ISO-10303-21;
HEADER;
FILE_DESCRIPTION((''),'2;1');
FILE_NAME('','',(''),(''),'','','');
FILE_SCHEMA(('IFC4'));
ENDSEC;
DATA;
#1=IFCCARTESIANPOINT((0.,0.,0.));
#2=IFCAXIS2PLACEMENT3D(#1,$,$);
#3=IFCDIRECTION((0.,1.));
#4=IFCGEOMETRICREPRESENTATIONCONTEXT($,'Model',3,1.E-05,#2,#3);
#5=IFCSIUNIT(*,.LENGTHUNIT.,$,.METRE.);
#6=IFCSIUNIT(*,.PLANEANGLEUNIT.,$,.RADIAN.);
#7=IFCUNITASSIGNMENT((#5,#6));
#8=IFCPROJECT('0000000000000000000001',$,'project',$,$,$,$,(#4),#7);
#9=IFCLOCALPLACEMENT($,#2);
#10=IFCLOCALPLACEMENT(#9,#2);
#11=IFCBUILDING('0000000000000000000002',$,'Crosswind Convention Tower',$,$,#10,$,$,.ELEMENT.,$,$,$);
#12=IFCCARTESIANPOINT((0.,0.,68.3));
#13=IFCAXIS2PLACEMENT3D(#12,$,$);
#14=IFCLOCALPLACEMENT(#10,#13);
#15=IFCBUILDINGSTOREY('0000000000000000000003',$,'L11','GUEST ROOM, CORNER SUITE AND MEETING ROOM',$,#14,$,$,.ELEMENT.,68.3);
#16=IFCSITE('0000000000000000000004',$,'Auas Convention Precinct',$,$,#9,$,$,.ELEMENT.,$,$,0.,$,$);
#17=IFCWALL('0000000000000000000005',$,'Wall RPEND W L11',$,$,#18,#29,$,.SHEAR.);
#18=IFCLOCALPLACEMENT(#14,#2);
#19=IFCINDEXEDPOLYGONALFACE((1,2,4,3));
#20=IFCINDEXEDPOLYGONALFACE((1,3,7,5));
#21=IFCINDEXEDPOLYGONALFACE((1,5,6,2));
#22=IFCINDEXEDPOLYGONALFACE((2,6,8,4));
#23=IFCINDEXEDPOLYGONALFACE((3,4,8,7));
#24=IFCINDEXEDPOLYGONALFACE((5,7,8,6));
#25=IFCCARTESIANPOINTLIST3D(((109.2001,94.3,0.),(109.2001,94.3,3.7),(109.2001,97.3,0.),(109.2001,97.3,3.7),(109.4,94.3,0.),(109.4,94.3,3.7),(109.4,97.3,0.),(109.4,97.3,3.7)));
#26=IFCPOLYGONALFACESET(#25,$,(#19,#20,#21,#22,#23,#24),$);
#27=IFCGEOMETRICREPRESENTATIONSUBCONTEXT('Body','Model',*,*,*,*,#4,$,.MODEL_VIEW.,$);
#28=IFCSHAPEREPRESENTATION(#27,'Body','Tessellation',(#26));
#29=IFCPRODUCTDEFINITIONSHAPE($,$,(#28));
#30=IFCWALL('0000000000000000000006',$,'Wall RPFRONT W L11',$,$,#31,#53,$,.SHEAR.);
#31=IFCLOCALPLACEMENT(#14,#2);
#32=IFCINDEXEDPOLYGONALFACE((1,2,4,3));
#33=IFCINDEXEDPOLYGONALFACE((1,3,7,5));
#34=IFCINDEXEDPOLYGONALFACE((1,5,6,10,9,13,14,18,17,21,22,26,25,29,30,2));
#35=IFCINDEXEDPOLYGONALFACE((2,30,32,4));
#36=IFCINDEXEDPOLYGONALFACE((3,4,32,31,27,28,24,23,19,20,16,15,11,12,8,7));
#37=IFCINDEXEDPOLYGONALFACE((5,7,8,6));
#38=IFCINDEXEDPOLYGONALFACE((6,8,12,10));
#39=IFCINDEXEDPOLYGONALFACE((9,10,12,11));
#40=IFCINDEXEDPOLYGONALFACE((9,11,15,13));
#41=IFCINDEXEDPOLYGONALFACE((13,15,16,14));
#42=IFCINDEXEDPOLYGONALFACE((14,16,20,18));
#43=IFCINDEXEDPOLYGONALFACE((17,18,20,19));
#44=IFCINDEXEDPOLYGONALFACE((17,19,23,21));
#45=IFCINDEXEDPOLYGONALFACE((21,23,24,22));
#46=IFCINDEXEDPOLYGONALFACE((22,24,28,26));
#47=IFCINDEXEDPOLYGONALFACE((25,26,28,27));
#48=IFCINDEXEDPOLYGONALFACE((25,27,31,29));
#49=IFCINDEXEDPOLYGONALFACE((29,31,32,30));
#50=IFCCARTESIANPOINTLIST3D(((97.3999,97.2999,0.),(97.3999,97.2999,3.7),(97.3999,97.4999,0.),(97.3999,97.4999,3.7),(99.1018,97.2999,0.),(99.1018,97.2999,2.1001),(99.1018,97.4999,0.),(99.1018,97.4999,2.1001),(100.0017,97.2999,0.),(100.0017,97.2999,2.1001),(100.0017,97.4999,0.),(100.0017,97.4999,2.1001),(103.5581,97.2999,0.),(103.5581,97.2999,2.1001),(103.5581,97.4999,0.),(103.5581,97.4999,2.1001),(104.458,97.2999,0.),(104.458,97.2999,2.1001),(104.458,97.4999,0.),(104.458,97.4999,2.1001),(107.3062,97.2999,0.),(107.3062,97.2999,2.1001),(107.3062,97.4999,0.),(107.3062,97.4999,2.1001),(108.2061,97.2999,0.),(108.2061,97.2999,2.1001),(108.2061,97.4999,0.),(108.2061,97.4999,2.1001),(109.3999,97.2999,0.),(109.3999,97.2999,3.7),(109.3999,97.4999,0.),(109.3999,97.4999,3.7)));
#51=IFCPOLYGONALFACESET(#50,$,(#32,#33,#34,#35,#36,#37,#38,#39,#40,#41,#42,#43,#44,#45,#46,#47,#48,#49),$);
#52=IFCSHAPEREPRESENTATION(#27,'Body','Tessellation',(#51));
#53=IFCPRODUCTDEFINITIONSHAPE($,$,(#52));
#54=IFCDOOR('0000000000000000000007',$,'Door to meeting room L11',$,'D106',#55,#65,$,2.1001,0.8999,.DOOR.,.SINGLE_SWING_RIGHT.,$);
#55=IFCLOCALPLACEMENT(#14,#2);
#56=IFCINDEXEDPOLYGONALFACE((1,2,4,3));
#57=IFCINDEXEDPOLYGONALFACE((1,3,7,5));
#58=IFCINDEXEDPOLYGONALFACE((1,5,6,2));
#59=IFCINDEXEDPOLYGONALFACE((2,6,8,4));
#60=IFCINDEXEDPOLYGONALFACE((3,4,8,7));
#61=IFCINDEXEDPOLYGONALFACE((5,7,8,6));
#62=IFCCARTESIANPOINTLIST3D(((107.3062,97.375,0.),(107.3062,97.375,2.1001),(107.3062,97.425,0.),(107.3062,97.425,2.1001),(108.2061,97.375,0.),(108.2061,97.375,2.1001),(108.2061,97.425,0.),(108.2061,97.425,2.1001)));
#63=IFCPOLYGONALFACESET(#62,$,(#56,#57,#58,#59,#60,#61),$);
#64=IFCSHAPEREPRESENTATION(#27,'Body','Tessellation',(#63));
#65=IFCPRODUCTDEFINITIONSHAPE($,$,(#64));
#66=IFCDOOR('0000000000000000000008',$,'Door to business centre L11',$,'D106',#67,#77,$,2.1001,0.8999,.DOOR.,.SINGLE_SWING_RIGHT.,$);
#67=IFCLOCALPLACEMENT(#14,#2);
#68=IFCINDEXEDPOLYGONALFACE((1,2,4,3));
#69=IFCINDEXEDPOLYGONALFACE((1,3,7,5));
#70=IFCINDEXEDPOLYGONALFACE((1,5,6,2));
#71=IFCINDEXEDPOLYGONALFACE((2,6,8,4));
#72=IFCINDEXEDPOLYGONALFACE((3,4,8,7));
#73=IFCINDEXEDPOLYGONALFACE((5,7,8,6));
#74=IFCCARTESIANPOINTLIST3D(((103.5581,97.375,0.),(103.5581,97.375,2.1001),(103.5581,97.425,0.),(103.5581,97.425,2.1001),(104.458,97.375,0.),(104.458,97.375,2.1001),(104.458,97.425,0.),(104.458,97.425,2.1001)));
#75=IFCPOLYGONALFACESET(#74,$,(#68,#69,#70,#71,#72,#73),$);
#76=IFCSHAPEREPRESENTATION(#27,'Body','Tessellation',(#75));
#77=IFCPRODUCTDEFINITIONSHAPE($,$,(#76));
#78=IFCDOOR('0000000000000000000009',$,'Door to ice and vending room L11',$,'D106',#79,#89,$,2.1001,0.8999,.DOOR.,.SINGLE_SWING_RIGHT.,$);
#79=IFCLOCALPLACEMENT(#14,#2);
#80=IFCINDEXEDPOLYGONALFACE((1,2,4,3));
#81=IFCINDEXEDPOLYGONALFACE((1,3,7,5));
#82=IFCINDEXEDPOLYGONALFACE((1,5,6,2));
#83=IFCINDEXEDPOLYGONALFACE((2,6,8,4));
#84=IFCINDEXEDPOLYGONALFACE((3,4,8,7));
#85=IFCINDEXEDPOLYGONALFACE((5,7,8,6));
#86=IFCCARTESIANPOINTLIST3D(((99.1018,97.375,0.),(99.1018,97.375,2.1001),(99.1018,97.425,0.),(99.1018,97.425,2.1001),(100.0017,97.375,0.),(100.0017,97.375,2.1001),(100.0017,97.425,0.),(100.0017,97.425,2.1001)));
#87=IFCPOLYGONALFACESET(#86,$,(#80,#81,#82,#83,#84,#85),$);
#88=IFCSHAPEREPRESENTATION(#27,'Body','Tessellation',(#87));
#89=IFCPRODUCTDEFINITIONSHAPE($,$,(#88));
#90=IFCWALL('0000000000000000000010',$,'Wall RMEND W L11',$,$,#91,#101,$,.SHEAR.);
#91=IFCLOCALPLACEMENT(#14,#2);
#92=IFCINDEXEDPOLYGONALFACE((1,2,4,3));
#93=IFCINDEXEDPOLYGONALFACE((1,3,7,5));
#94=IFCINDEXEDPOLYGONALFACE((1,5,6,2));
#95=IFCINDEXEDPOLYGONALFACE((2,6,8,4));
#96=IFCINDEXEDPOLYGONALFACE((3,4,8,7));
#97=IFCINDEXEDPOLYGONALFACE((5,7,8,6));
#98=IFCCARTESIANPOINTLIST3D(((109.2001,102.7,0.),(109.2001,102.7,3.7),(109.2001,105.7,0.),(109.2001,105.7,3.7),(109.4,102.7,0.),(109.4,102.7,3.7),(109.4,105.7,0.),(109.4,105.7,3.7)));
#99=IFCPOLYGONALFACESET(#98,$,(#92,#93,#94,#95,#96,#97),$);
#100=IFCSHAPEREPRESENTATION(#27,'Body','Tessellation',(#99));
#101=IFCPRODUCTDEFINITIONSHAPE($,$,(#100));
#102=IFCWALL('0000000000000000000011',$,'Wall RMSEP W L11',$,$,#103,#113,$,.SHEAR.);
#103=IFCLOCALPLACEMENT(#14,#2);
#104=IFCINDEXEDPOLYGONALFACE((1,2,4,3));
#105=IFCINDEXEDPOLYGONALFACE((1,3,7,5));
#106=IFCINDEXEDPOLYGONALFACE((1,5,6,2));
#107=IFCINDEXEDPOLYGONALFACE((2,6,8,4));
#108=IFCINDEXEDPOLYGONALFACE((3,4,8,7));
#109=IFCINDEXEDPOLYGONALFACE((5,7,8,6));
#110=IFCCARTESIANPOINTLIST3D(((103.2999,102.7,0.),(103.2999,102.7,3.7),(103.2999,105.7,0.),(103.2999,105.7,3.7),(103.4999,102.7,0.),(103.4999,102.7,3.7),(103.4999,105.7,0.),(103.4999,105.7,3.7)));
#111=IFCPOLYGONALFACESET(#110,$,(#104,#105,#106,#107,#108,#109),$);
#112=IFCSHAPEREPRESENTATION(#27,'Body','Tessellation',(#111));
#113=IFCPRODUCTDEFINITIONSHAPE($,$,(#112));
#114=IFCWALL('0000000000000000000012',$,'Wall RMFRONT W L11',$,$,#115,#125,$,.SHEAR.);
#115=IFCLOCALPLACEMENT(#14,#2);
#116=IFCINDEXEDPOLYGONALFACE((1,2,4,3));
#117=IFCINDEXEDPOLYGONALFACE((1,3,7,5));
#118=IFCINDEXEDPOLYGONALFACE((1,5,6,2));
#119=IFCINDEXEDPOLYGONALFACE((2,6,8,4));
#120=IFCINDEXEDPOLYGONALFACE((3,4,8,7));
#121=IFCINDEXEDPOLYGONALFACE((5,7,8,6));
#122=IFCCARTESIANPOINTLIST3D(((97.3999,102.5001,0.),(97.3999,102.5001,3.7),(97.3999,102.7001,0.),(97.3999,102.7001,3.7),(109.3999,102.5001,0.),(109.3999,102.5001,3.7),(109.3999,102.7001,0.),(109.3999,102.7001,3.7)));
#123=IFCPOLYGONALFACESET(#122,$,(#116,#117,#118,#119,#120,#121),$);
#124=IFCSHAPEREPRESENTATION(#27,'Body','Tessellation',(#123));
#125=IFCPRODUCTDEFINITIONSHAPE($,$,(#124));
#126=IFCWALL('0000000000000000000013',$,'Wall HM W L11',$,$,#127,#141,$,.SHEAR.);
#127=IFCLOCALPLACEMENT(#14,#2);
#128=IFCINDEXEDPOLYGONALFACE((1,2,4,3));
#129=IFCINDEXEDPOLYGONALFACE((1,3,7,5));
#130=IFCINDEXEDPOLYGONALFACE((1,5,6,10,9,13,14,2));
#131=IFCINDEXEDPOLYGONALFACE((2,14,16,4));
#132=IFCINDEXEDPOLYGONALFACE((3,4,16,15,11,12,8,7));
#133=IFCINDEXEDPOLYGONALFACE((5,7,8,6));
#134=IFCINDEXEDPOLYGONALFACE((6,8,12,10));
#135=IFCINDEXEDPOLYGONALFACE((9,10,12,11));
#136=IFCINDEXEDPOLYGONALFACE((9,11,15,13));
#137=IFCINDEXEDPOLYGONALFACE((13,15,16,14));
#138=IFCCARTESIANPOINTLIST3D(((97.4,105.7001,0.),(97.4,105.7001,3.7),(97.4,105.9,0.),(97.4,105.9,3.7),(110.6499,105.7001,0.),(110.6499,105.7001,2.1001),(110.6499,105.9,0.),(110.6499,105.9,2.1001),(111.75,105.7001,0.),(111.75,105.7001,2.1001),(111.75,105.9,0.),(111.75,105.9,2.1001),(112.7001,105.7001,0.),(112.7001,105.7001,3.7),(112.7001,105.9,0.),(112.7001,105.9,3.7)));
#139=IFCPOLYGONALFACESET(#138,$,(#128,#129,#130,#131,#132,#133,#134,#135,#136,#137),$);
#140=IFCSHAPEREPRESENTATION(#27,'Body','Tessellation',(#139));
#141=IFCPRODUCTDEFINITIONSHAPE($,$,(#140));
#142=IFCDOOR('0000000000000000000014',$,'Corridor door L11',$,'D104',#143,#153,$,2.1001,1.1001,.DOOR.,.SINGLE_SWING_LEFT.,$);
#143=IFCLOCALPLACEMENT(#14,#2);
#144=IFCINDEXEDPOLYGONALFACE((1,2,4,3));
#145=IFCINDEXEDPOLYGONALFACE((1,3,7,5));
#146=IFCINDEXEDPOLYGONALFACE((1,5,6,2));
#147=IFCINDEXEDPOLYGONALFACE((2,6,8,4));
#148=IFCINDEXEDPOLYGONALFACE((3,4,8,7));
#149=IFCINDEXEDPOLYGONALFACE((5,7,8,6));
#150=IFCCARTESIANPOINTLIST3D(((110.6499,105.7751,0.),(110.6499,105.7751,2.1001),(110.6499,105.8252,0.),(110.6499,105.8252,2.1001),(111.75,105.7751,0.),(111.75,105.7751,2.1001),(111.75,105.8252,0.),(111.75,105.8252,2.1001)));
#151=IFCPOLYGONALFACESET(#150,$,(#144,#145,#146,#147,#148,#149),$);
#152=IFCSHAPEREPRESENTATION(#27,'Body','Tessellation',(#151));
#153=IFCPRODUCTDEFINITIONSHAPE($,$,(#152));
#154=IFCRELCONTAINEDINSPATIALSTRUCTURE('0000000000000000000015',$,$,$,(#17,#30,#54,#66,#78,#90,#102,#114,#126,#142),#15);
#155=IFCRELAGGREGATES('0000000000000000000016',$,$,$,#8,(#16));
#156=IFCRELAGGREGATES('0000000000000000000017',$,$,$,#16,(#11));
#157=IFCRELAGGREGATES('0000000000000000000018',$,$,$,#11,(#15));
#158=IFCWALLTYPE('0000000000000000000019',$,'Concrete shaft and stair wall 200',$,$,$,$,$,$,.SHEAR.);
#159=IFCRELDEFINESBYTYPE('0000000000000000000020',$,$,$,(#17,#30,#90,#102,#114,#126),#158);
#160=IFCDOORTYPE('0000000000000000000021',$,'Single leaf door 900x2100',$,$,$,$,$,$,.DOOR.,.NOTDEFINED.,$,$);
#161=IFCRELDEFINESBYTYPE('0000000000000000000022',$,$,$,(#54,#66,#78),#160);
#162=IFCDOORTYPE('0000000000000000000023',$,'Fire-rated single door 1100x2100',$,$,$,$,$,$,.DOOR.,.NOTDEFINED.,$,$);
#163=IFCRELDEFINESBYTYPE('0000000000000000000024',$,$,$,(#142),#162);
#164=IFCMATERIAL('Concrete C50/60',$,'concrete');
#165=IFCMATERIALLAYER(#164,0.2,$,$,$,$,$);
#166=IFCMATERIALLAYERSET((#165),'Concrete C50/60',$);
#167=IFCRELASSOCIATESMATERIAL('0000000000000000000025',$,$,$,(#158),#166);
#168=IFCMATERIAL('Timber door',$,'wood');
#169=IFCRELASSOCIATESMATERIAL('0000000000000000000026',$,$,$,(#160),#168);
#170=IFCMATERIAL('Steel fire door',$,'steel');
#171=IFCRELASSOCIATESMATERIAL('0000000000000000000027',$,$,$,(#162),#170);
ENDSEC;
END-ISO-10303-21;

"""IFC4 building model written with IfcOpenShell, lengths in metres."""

from ifc_helpers import new_model, si_unit, direction, frame, frame_2d, origin, place, context, subcontext, project, spatial, rectangle, extrude, material, layer, layer_set, type_object, element, fill, save


model = new_model("IFC4")

# Units and contexts
model_context = context("Model", 3, precision=1e-05, world=origin(), true_north=direction((0.0, 1.0)))
body_context = subcontext(model_context, "Body", "Model", "MODEL_VIEW")
ifc_project = project(units=[si_unit("LENGTHUNIT", "METRE"), si_unit("PLANEANGLEUNIT", "RADIAN")], contexts=[model_context])

# Site, building, storey
site_placement = place(None, origin())
site = spatial("IfcSite", under=ifc_project, at=site_placement, Name="Auas Convention Precinct", CompositionType="ELEMENT", RefElevation=0.0)
building_placement = place(site_placement, origin())
building = spatial("IfcBuilding", under=site, at=building_placement, Name="Crosswind Convention Tower", CompositionType="ELEMENT")
storey_placement = place(building_placement, frame((0.0, 0.0, 68.3)))
storey = spatial("IfcBuildingStorey", under=building, at=storey_placement, Name="L11", Description="GUEST ROOM, CORNER SUITE AND MEETING ROOM", CompositionType="ELEMENT", Elevation=68.3)

# Shared definitions
ifc_material_1 = material(Name="Concrete C50/60", Category="concrete")

# Wall
ifc_layer_1 = layer(ifc_material_1, 0.2)
ifc_layer_set_1 = layer_set([ifc_layer_1], Name="Concrete C50/60")
wall_type_1 = type_object("IfcWallType", Name="Concrete shaft and stair wall 200", PredefinedType="SHEAR", material=ifc_layer_set_1)
wall_1_placement = place(storey_placement, frame((109.3, 97.3, 0.0), z_axis=(0.0, 0.0, 1.0), x_axis=(0.0, -1.0, 0.0)))
element("IfcWall", 1, at=wall_1_placement, inside=storey, type_object=wall_type_1, Name="Wall RPEND W L11", PredefinedType="SHEAR", context=body_context, shape_type="SweptSolid", body=[
    extrude(rectangle(XDim=3.0, YDim=0.2, at=frame_2d((1.5, 0.0))), origin(), (0.0, 0.0, 1.0), 3.7),
])

# Wall, openings, doors
wall_2_placement = place(storey_placement, frame((109.3999, 97.3999, 0.0), z_axis=(0.0, 0.0, 1.0), x_axis=(-1.0, 0.0, 0.0)))
wall_2 = element("IfcWall", 2, at=wall_2_placement, inside=storey, type_object=wall_type_1, Name="Wall RPFRONT W L11", PredefinedType="SHEAR", context=body_context, shape_type="SweptSolid", body=[
    extrude(rectangle(XDim=12.0, YDim=0.2, at=frame_2d((6.0, 0.0))), origin(), (0.0, 0.0, 1.0), 3.7),
])
opening_1_placement = place(wall_2_placement, frame((1.1938, 0.0, 0.0)))
opening_1 = element("IfcOpeningElement", 3, at=opening_1_placement, cuts=wall_2, PredefinedType="OPENING", context=body_context, shape_type="SweptSolid", body=[
    extrude(rectangle(XDim=0.8999, YDim=2.1001, at=frame_2d((0.45, 1.05))), frame((0.0, 0.1099, 0.0), z_axis=(0.0, -1.0, 0.0), x_axis=(1.0, 0.0, 0.0)), (0.0, 0.0, 1.0), 0.22),
])
opening_2_placement = place(wall_2_placement, frame((4.9419, 0.0, 0.0)))
opening_2 = element("IfcOpeningElement", 4, at=opening_2_placement, cuts=wall_2, PredefinedType="OPENING", context=body_context, shape_type="SweptSolid", body=[
    extrude(rectangle(XDim=0.8999, YDim=2.1001, at=frame_2d((0.45, 1.05))), frame((0.0, 0.1099, 0.0), z_axis=(0.0, -1.0, 0.0), x_axis=(1.0, 0.0, 0.0)), (0.0, 0.0, 1.0), 0.22),
])
opening_3_placement = place(wall_2_placement, frame((9.3982, 0.0, 0.0)))
opening_3 = element("IfcOpeningElement", 5, at=opening_3_placement, cuts=wall_2, PredefinedType="OPENING", context=body_context, shape_type="SweptSolid", body=[
    extrude(rectangle(XDim=0.8999, YDim=2.1001, at=frame_2d((0.45, 1.05))), frame((0.0, 0.1099, 0.0), z_axis=(0.0, -1.0, 0.0), x_axis=(1.0, 0.0, 0.0)), (0.0, 0.0, 1.0), 0.22),
])
ifc_material_2 = material(Name="Timber door", Category="wood")
door_type_1 = type_object("IfcDoorType", Name="Single leaf door 900x2100", OperationType="NOTDEFINED", PredefinedType="DOOR", material=ifc_material_2)
door_1_placement = place(opening_1_placement, origin())
door_1 = element("IfcDoor", 6, at=door_1_placement, inside=storey, type_object=door_type_1, Name="Door to meeting room L11", ObjectType="D106", OperationType="SINGLE_SWING_RIGHT", OverallHeight=2.1001, OverallWidth=0.8999, PredefinedType="DOOR", context=body_context, shape_type="SweptSolid", body=[
    extrude(rectangle(XDim=0.8999, YDim=2.1001, at=frame_2d((0.45, 1.05))), frame((0.0, 0.0249, 0.0), z_axis=(0.0, -1.0, 0.0), x_axis=(1.0, 0.0, 0.0)), (0.0, 0.0, 1.0), 0.05),
])
fill(opening_1, door_1)
door_2_placement = place(opening_2_placement, origin())
door_2 = element("IfcDoor", 7, at=door_2_placement, inside=storey, type_object=door_type_1, Name="Door to business centre L11", ObjectType="D106", OperationType="SINGLE_SWING_RIGHT", OverallHeight=2.1001, OverallWidth=0.8999, PredefinedType="DOOR", context=body_context, shape_type="SweptSolid", body=[
    extrude(rectangle(XDim=0.8999, YDim=2.1001, at=frame_2d((0.45, 1.05))), frame((0.0, 0.0249, 0.0), z_axis=(0.0, -1.0, 0.0), x_axis=(1.0, 0.0, 0.0)), (0.0, 0.0, 1.0), 0.05),
])
fill(opening_2, door_2)
door_3_placement = place(opening_3_placement, origin())
door_3 = element("IfcDoor", 8, at=door_3_placement, inside=storey, type_object=door_type_1, Name="Door to ice and vending room L11", ObjectType="D106", OperationType="SINGLE_SWING_RIGHT", OverallHeight=2.1001, OverallWidth=0.8999, PredefinedType="DOOR", context=body_context, shape_type="SweptSolid", body=[
    extrude(rectangle(XDim=0.8999, YDim=2.1001, at=frame_2d((0.45, 1.05))), frame((0.0, 0.0249, 0.0), z_axis=(0.0, -1.0, 0.0), x_axis=(1.0, 0.0, 0.0)), (0.0, 0.0, 1.0), 0.05),
])
fill(opening_3, door_3)

# Walls
for number, where, z_axis, x_axis, name in (
    (9, (109.3, 105.7, 0.0), (0.0, 0.0, 1.0), (0.0, -1.0, 0.0), "Wall RMEND W L11"),
    (10, (103.3999, 105.7, 0.0), (0.0, 0.0, 1.0), (0.0, -1.0, 0.0), "Wall RMSEP W L11"),
):
    element("IfcWall", number, at=place(storey_placement, frame(where, z_axis=z_axis, x_axis=x_axis)), inside=storey, type_object=wall_type_1, Name=name, PredefinedType="SHEAR", context=body_context, shape_type="SweptSolid", body=[
        extrude(rectangle(XDim=3.0, YDim=0.2, at=frame_2d((1.5, 0.0))), origin(), (0.0, 0.0, 1.0), 3.7),
    ])
wall_3_placement = place(storey_placement, frame((109.3999, 102.6001, 0.0), z_axis=(0.0, 0.0, 1.0), x_axis=(-1.0, 0.0, 0.0)))
element("IfcWall", 11, at=wall_3_placement, inside=storey, type_object=wall_type_1, Name="Wall RMFRONT W L11", PredefinedType="SHEAR", context=body_context, shape_type="SweptSolid", body=[
    extrude(rectangle(XDim=12.0, YDim=0.2, at=frame_2d((6.0, 0.0))), origin(), (0.0, 0.0, 1.0), 3.7),
])

# Wall, opening, door
wall_4_placement = place(storey_placement, frame((112.7, 105.8, 0.0), z_axis=(0.0, 0.0, 1.0), x_axis=(-1.0, 0.0, 0.0)))
wall_4 = element("IfcWall", 12, at=wall_4_placement, inside=storey, type_object=wall_type_1, Name="Wall HM W L11", PredefinedType="SHEAR", context=body_context, shape_type="SweptSolid", body=[
    extrude(rectangle(XDim=15.3, YDim=0.2, at=frame_2d((7.6499, 0.0))), origin(), (0.0, 0.0, 1.0), 3.7),
])
opening_4_placement = place(wall_4_placement, frame((0.95, 0.0, 0.0)))
opening_4 = element("IfcOpeningElement", 13, at=opening_4_placement, cuts=wall_4, PredefinedType="OPENING", context=body_context, shape_type="SweptSolid", body=[
    extrude(rectangle(XDim=1.1001, YDim=2.1001, at=frame_2d((0.55, 1.05))), frame((0.0, 0.1099, 0.0), z_axis=(0.0, -1.0, 0.0), x_axis=(1.0, 0.0, 0.0)), (0.0, 0.0, 1.0), 0.22),
])
ifc_material_3 = material(Name="Steel fire door", Category="steel")
door_type_2 = type_object("IfcDoorType", Name="Fire-rated single door 1100x2100", OperationType="NOTDEFINED", PredefinedType="DOOR", material=ifc_material_3)
door_4_placement = place(opening_4_placement, origin())
door_4 = element("IfcDoor", 14, at=door_4_placement, inside=storey, type_object=door_type_2, Name="Corridor door L11", ObjectType="D104", OperationType="SINGLE_SWING_LEFT", OverallHeight=2.1001, OverallWidth=1.1001, PredefinedType="DOOR", context=body_context, shape_type="SweptSolid", body=[
    extrude(rectangle(XDim=1.1001, YDim=2.1001, at=frame_2d((0.55, 1.05))), frame((0.0, 0.0249, 0.0), z_axis=(0.0, -1.0, 0.0), x_axis=(1.0, 0.0, 0.0)), (0.0, 0.0, 1.0), 0.05),
])
fill(opening_4, door_4)

save(model, "model.ifc")
